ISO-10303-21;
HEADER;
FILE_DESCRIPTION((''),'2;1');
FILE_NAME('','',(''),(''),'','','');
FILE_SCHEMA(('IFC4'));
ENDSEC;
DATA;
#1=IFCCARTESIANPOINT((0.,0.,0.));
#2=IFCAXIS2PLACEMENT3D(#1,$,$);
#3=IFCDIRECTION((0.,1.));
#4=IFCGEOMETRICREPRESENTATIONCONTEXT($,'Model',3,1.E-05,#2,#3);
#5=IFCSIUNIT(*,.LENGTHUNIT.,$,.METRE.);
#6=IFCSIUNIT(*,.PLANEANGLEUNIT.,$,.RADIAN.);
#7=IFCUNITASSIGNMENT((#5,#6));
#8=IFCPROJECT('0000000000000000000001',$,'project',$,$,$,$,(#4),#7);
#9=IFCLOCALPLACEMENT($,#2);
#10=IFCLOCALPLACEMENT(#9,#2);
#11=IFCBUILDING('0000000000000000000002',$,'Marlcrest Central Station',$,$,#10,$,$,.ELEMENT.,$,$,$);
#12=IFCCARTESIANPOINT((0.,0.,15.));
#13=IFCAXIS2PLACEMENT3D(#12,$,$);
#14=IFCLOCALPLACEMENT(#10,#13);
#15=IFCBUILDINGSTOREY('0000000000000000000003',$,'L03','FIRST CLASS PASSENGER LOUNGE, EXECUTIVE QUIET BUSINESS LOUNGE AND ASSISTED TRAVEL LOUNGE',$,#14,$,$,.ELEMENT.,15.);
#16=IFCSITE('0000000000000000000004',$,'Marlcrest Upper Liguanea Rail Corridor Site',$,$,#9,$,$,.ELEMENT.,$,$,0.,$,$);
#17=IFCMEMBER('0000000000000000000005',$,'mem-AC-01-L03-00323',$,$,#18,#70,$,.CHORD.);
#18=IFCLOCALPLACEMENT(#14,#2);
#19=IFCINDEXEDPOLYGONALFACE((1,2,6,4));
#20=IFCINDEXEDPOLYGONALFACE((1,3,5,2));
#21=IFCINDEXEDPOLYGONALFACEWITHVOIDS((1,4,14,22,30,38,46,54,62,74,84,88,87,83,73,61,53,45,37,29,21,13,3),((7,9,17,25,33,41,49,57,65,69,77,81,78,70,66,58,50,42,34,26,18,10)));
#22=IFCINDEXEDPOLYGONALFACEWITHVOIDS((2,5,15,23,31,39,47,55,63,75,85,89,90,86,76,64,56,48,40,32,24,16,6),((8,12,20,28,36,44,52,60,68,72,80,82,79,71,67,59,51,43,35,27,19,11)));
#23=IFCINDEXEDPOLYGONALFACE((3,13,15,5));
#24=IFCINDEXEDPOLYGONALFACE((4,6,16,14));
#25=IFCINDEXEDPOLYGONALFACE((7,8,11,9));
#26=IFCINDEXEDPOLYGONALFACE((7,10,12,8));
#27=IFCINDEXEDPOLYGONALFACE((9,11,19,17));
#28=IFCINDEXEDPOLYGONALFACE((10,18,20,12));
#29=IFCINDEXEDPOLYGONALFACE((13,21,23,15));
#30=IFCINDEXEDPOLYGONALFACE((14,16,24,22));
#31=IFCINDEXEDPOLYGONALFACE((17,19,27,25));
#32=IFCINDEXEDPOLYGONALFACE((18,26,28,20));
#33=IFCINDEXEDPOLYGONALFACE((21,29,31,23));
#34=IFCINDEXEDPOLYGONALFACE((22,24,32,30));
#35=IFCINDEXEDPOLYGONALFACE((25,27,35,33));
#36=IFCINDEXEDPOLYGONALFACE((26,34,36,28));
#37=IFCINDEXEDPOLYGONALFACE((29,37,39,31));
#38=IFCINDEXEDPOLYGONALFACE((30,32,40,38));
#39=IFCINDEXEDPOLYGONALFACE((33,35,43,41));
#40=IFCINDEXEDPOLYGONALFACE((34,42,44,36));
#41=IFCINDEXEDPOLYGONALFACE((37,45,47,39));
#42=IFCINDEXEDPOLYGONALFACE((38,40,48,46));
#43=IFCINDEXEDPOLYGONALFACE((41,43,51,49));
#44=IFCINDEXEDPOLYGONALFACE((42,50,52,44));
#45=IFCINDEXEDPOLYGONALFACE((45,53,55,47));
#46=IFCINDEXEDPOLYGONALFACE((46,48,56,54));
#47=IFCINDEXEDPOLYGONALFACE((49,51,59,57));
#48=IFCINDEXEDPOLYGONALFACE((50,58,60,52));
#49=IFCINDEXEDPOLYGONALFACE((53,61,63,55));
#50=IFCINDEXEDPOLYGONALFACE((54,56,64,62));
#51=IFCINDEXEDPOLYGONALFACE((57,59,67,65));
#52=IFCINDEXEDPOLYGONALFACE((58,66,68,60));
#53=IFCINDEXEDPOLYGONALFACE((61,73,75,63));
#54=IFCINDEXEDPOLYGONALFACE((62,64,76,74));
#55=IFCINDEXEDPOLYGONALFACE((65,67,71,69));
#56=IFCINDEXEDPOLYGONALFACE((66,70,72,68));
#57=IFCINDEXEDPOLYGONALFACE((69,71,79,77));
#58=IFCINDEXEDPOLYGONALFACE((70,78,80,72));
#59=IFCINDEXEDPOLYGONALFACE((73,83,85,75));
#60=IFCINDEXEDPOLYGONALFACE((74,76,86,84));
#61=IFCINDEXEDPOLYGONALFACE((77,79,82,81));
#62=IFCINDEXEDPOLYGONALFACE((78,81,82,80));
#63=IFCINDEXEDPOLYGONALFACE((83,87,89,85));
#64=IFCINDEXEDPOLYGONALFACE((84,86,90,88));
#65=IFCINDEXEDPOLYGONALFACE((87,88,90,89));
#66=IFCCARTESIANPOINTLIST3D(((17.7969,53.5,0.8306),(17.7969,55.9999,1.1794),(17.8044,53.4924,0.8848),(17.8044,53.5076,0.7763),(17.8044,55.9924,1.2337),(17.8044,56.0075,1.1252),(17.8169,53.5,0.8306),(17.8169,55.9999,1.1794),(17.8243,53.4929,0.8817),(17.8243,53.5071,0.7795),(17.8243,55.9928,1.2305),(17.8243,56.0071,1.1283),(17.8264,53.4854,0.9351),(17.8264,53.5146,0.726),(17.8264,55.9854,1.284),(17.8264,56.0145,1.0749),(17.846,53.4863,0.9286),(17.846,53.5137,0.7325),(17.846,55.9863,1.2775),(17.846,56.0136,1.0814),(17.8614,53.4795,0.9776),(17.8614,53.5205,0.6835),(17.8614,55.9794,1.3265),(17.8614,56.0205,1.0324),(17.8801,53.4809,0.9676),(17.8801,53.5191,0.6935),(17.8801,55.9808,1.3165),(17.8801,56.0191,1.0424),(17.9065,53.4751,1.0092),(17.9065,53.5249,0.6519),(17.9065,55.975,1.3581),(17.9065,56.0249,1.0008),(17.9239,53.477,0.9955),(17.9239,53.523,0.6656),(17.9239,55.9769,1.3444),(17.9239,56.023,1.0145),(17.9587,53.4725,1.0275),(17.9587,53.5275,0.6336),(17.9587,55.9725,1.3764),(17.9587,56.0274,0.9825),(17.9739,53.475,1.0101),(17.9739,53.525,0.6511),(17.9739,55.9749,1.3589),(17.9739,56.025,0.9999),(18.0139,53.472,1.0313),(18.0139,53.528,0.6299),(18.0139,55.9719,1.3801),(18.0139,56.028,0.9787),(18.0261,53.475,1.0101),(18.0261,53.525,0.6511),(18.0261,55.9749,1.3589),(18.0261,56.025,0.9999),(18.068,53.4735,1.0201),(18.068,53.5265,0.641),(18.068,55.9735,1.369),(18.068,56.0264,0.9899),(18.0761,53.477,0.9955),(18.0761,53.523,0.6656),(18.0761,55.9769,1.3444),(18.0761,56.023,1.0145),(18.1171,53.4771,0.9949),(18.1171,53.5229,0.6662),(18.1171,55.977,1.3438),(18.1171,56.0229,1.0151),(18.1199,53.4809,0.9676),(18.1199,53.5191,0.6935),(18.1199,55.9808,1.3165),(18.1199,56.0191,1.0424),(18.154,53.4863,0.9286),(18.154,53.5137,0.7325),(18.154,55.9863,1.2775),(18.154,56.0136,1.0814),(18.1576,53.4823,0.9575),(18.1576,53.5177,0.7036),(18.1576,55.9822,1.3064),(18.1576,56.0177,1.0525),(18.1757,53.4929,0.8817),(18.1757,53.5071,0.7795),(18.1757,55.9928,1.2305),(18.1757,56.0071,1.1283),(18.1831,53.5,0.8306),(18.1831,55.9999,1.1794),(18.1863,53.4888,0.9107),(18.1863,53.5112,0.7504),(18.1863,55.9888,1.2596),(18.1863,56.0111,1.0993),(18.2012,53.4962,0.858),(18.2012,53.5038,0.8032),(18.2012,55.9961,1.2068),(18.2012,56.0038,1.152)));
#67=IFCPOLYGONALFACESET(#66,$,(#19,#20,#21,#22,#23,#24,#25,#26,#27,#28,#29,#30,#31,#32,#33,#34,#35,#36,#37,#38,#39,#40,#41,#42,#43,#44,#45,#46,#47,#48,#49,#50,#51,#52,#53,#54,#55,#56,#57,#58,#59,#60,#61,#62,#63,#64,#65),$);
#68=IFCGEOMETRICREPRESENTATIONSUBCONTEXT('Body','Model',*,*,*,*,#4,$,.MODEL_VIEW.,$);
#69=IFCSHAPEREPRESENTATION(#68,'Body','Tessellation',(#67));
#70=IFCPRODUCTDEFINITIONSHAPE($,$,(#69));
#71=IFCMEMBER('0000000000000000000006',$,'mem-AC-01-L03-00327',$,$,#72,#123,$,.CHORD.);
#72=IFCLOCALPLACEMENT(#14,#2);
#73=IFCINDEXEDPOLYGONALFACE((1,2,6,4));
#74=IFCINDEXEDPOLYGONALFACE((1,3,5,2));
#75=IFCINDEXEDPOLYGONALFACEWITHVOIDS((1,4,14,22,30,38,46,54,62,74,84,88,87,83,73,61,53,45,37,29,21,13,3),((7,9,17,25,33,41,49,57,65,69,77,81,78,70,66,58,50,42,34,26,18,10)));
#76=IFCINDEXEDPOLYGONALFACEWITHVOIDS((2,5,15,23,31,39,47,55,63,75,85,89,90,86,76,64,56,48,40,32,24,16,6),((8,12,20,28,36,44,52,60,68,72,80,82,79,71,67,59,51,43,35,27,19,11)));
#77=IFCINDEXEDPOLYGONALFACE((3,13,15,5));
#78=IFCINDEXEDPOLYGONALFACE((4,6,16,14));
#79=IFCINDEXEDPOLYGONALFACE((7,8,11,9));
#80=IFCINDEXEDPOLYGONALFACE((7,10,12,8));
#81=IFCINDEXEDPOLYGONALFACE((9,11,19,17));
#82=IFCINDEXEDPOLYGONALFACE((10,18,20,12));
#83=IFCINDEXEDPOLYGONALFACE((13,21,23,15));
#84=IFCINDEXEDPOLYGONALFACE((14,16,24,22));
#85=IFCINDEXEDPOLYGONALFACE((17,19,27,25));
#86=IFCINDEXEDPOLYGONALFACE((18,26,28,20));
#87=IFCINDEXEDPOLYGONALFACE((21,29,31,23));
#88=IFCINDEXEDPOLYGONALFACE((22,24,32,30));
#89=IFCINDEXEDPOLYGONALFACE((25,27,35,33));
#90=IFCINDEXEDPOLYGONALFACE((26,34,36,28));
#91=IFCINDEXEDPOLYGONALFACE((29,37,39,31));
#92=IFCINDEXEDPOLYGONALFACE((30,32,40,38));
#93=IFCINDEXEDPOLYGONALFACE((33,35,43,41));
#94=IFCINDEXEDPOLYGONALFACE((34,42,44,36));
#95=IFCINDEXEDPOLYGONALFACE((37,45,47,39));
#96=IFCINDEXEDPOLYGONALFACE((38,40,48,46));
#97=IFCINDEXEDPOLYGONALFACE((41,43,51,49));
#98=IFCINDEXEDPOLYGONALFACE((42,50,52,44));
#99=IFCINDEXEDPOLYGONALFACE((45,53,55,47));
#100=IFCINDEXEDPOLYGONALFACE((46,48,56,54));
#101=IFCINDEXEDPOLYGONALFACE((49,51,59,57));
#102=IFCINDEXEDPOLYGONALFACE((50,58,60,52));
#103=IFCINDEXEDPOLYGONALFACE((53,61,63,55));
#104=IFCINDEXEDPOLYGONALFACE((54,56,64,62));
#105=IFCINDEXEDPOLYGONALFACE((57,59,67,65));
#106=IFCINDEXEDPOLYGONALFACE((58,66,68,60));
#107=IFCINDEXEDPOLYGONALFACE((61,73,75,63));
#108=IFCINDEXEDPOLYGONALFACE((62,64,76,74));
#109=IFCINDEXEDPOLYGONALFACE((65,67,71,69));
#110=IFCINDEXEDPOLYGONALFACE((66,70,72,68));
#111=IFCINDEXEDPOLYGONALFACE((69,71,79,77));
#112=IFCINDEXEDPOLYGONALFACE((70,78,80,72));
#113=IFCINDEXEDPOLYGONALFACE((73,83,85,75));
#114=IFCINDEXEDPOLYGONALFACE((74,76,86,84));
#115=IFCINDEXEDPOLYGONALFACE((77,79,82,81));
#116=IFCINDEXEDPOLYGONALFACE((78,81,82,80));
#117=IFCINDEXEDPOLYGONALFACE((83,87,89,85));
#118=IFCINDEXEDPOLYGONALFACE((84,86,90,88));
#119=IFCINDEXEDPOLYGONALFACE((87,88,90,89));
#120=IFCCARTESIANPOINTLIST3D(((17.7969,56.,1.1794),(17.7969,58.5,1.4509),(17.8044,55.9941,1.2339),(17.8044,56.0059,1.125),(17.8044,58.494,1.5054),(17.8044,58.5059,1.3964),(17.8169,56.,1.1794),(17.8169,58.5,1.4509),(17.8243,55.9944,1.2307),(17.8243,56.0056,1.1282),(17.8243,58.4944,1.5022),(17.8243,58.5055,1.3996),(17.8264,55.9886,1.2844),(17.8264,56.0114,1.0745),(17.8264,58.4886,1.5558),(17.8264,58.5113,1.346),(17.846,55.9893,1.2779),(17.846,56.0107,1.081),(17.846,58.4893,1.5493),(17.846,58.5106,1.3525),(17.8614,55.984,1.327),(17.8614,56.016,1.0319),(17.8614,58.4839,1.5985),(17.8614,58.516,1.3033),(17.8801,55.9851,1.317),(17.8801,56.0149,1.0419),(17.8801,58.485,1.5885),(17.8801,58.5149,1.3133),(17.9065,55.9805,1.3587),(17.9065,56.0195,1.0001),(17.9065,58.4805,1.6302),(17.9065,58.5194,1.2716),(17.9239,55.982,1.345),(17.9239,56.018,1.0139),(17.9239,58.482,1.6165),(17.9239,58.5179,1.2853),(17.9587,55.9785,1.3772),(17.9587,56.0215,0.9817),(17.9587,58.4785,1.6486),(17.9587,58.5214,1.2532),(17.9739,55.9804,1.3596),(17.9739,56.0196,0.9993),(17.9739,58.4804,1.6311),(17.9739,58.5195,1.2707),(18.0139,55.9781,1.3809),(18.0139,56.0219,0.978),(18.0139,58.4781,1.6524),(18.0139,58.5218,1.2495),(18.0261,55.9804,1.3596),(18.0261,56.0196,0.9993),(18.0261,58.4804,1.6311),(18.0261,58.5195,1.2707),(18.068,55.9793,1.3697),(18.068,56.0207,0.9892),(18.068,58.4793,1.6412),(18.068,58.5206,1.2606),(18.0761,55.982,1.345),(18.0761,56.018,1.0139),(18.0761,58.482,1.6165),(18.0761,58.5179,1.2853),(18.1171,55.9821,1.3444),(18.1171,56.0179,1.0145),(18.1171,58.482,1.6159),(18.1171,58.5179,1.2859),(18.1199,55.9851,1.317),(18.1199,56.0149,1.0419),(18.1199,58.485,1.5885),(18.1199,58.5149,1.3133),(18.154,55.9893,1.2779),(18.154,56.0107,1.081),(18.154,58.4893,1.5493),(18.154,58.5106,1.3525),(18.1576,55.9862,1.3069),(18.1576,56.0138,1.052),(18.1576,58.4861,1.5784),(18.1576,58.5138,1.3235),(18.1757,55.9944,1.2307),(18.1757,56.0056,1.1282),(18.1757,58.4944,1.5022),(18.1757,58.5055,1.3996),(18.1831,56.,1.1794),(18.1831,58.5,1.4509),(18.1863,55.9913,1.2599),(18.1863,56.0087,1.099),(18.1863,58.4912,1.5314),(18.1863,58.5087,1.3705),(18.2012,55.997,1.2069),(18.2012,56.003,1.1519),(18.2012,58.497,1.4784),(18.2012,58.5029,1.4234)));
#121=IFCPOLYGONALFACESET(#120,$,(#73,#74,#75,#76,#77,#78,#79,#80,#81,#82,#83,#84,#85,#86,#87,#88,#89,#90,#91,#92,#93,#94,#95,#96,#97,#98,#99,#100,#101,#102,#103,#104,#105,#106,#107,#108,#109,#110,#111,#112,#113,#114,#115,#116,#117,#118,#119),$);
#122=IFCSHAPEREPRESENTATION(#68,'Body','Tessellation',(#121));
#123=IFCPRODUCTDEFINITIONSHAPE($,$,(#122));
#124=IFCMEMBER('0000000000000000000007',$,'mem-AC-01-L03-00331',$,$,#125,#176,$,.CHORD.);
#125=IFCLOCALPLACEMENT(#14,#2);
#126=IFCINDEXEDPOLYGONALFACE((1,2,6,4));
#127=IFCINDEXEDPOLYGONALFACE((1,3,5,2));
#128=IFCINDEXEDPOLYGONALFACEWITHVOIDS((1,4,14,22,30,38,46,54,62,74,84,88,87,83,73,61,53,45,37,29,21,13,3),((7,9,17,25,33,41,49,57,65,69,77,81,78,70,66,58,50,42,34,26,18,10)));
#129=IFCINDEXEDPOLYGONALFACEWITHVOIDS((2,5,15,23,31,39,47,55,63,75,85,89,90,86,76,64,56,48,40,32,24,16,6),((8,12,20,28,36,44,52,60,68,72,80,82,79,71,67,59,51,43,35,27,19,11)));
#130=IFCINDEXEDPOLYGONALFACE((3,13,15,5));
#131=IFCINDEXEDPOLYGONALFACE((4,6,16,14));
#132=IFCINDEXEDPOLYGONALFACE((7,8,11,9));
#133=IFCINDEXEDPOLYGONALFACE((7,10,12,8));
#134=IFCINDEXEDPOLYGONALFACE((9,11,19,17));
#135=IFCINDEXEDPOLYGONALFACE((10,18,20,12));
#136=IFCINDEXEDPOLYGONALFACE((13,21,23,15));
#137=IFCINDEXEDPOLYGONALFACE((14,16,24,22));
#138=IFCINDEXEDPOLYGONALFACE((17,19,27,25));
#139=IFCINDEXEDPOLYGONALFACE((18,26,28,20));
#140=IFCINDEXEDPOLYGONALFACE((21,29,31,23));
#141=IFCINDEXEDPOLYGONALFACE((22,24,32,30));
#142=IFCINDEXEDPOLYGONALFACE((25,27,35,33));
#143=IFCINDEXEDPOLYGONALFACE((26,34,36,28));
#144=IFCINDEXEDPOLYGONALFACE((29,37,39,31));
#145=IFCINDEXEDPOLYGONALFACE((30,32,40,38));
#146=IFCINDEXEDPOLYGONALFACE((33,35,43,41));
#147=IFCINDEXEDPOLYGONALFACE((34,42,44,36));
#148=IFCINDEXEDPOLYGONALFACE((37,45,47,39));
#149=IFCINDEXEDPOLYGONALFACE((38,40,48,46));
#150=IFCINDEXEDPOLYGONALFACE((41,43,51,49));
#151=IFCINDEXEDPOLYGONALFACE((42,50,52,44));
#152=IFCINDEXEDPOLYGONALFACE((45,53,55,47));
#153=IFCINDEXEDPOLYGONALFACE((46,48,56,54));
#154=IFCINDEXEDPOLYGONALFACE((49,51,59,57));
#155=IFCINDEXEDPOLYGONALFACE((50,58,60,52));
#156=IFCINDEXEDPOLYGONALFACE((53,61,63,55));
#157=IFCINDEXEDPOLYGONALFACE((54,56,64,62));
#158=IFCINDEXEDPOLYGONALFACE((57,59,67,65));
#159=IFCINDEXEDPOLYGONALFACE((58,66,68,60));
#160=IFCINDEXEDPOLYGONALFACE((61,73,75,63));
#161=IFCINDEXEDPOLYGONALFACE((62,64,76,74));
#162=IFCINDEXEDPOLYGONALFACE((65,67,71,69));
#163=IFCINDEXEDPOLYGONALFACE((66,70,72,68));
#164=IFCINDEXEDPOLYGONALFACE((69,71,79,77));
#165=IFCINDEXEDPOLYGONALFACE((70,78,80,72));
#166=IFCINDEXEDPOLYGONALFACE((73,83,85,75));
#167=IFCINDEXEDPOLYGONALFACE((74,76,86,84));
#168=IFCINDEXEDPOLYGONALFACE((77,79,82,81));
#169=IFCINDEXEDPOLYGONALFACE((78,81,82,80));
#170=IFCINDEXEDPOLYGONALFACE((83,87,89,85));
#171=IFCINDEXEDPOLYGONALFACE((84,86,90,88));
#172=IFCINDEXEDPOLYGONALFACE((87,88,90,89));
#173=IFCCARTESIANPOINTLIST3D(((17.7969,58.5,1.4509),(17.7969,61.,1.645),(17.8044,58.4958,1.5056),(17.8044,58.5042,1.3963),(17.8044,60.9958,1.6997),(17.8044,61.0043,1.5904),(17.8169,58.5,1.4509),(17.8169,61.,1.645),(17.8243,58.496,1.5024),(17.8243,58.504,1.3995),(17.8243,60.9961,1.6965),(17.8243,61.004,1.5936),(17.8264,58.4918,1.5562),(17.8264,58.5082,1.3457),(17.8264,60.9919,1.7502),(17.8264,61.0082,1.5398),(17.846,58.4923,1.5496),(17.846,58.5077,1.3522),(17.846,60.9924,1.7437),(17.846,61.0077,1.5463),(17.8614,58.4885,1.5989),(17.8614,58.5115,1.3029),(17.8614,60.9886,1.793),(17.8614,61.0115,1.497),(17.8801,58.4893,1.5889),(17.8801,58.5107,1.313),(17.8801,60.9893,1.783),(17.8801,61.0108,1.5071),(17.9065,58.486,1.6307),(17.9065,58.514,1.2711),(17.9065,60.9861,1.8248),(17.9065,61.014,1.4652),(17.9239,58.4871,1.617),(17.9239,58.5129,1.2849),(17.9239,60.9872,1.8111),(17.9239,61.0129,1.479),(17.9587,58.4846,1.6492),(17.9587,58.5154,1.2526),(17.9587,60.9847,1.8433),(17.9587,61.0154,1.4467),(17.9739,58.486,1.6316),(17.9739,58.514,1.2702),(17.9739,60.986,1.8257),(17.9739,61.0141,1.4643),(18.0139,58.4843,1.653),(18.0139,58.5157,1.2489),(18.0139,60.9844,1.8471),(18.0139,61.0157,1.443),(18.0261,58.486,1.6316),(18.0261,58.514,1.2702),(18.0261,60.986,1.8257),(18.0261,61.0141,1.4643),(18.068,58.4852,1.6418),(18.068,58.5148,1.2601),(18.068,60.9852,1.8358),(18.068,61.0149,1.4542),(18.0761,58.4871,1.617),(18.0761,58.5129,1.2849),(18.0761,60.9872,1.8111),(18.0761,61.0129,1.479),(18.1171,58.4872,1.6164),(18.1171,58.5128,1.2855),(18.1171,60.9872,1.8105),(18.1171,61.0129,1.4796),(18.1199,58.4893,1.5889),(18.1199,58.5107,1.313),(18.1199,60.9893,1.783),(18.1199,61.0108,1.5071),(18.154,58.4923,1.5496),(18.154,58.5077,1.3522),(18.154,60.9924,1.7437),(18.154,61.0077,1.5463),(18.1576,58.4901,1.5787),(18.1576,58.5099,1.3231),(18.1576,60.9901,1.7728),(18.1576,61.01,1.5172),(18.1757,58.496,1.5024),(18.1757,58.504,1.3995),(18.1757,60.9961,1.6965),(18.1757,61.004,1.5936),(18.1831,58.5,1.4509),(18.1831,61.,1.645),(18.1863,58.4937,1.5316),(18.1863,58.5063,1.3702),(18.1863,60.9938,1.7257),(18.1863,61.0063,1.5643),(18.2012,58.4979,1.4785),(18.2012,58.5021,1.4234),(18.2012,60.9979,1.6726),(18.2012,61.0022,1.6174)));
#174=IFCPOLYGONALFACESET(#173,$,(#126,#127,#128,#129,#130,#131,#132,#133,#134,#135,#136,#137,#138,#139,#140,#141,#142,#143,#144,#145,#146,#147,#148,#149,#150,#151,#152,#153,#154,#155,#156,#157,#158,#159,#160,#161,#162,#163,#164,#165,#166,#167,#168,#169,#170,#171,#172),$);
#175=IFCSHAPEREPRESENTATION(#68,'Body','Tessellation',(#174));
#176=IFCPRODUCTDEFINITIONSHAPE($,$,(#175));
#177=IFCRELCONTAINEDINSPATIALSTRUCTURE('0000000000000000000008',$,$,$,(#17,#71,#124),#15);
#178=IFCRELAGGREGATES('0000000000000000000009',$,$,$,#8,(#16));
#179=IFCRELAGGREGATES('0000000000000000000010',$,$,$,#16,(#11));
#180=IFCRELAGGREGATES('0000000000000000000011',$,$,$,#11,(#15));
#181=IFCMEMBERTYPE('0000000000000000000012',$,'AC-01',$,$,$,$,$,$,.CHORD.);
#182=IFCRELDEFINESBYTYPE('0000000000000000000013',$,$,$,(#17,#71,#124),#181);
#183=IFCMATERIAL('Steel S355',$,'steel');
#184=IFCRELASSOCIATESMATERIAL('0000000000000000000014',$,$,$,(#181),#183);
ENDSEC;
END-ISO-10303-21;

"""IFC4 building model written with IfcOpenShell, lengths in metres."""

from ifc_helpers import new_model, si_unit, direction, frame, origin, origin_2d, place, context, subcontext, project, spatial, hollow_circle, extrude, material, material_profile, profile_set, type_object, element, save


model = new_model("IFC4")

# Units and contexts
model_context = context("Model", 3, precision=1e-05, world=origin(), true_north=direction((0.0, 1.0)))
body_context = subcontext(model_context, "Body", "Model", "MODEL_VIEW")
ifc_project = project(units=[si_unit("LENGTHUNIT", "METRE"), si_unit("PLANEANGLEUNIT", "RADIAN")], contexts=[model_context])

# Site, building, storey
site_placement = place(None, origin())
site = spatial("IfcSite", under=ifc_project, at=site_placement, Name="Marlcrest Upper Liguanea Rail Corridor Site", CompositionType="ELEMENT", RefElevation=0.0)
building_placement = place(site_placement, origin())
building = spatial("IfcBuilding", under=site, at=building_placement, Name="Marlcrest Central Station", CompositionType="ELEMENT")
storey_placement = place(building_placement, frame((0.0, 0.0, 15.0)))
storey = spatial("IfcBuildingStorey", under=building, at=storey_placement, Name="L03", Description="FIRST CLASS PASSENGER LOUNGE, EXECUTIVE QUIET BUSINESS LOUNGE AND ASSISTED TRAVEL LOUNGE", CompositionType="ELEMENT", Elevation=15.0)

# Members
ifc_material_1 = material(Name="Steel S355", Category="steel")
ifc_material_profile_1 = material_profile(ifc_material_1, hollow_circle(Radius=0.2031, WallThickness=0.02, at=origin_2d()), Name="CHS 406.4x20")
ifc_profile_set_1 = profile_set([ifc_material_profile_1], Name="Steel S355")
member_type_1 = type_object("IfcMemberType", Name="AC-01", PredefinedType="CHORD", material=ifc_profile_set_1)
member_1_placement = place(storey_placement, frame((18.0, 53.5, 0.8306), z_axis=(0.0, 0.990403, 0.138211), x_axis=(-1.0, 0.0, 0.0)))
element("IfcMember", 1, at=member_1_placement, inside=storey, type_object=member_type_1, Name="mem-AC-01-L03-00323", PredefinedType="CHORD", context=body_context, shape_type="SweptSolid", body=[
    extrude(hollow_circle(Radius=0.2031, WallThickness=0.02, at=origin_2d()), origin(), (0.0, 0.0, 1.0), 2.5242),
])
member_2_placement = place(storey_placement, frame((18.0, 56.0, 1.1794), z_axis=(0.0, 0.994155, 0.107959), x_axis=(-1.0, 0.0, 0.0)))
element("IfcMember", 2, at=member_2_placement, inside=storey, type_object=member_type_1, Name="mem-AC-01-L03-00327", PredefinedType="CHORD", context=body_context, shape_type="SweptSolid", body=[
    extrude(hollow_circle(Radius=0.2031, WallThickness=0.02, at=origin_2d()), origin(), (0.0, 0.0, 1.0), 2.5146),
])
member_3_placement = place(storey_placement, frame((18.0, 58.5, 1.4509), z_axis=(0.0, 0.997, 0.077404), x_axis=(-1.0, 0.0, 0.0)))
element("IfcMember", 3, at=member_3_placement, inside=storey, type_object=member_type_1, Name="mem-AC-01-L03-00331", PredefinedType="CHORD", context=body_context, shape_type="SweptSolid", body=[
    extrude(hollow_circle(Radius=0.2031, WallThickness=0.02, at=origin_2d()), origin(), (0.0, 0.0, 1.0), 2.5076),
])

save(model, "model.ifc")
